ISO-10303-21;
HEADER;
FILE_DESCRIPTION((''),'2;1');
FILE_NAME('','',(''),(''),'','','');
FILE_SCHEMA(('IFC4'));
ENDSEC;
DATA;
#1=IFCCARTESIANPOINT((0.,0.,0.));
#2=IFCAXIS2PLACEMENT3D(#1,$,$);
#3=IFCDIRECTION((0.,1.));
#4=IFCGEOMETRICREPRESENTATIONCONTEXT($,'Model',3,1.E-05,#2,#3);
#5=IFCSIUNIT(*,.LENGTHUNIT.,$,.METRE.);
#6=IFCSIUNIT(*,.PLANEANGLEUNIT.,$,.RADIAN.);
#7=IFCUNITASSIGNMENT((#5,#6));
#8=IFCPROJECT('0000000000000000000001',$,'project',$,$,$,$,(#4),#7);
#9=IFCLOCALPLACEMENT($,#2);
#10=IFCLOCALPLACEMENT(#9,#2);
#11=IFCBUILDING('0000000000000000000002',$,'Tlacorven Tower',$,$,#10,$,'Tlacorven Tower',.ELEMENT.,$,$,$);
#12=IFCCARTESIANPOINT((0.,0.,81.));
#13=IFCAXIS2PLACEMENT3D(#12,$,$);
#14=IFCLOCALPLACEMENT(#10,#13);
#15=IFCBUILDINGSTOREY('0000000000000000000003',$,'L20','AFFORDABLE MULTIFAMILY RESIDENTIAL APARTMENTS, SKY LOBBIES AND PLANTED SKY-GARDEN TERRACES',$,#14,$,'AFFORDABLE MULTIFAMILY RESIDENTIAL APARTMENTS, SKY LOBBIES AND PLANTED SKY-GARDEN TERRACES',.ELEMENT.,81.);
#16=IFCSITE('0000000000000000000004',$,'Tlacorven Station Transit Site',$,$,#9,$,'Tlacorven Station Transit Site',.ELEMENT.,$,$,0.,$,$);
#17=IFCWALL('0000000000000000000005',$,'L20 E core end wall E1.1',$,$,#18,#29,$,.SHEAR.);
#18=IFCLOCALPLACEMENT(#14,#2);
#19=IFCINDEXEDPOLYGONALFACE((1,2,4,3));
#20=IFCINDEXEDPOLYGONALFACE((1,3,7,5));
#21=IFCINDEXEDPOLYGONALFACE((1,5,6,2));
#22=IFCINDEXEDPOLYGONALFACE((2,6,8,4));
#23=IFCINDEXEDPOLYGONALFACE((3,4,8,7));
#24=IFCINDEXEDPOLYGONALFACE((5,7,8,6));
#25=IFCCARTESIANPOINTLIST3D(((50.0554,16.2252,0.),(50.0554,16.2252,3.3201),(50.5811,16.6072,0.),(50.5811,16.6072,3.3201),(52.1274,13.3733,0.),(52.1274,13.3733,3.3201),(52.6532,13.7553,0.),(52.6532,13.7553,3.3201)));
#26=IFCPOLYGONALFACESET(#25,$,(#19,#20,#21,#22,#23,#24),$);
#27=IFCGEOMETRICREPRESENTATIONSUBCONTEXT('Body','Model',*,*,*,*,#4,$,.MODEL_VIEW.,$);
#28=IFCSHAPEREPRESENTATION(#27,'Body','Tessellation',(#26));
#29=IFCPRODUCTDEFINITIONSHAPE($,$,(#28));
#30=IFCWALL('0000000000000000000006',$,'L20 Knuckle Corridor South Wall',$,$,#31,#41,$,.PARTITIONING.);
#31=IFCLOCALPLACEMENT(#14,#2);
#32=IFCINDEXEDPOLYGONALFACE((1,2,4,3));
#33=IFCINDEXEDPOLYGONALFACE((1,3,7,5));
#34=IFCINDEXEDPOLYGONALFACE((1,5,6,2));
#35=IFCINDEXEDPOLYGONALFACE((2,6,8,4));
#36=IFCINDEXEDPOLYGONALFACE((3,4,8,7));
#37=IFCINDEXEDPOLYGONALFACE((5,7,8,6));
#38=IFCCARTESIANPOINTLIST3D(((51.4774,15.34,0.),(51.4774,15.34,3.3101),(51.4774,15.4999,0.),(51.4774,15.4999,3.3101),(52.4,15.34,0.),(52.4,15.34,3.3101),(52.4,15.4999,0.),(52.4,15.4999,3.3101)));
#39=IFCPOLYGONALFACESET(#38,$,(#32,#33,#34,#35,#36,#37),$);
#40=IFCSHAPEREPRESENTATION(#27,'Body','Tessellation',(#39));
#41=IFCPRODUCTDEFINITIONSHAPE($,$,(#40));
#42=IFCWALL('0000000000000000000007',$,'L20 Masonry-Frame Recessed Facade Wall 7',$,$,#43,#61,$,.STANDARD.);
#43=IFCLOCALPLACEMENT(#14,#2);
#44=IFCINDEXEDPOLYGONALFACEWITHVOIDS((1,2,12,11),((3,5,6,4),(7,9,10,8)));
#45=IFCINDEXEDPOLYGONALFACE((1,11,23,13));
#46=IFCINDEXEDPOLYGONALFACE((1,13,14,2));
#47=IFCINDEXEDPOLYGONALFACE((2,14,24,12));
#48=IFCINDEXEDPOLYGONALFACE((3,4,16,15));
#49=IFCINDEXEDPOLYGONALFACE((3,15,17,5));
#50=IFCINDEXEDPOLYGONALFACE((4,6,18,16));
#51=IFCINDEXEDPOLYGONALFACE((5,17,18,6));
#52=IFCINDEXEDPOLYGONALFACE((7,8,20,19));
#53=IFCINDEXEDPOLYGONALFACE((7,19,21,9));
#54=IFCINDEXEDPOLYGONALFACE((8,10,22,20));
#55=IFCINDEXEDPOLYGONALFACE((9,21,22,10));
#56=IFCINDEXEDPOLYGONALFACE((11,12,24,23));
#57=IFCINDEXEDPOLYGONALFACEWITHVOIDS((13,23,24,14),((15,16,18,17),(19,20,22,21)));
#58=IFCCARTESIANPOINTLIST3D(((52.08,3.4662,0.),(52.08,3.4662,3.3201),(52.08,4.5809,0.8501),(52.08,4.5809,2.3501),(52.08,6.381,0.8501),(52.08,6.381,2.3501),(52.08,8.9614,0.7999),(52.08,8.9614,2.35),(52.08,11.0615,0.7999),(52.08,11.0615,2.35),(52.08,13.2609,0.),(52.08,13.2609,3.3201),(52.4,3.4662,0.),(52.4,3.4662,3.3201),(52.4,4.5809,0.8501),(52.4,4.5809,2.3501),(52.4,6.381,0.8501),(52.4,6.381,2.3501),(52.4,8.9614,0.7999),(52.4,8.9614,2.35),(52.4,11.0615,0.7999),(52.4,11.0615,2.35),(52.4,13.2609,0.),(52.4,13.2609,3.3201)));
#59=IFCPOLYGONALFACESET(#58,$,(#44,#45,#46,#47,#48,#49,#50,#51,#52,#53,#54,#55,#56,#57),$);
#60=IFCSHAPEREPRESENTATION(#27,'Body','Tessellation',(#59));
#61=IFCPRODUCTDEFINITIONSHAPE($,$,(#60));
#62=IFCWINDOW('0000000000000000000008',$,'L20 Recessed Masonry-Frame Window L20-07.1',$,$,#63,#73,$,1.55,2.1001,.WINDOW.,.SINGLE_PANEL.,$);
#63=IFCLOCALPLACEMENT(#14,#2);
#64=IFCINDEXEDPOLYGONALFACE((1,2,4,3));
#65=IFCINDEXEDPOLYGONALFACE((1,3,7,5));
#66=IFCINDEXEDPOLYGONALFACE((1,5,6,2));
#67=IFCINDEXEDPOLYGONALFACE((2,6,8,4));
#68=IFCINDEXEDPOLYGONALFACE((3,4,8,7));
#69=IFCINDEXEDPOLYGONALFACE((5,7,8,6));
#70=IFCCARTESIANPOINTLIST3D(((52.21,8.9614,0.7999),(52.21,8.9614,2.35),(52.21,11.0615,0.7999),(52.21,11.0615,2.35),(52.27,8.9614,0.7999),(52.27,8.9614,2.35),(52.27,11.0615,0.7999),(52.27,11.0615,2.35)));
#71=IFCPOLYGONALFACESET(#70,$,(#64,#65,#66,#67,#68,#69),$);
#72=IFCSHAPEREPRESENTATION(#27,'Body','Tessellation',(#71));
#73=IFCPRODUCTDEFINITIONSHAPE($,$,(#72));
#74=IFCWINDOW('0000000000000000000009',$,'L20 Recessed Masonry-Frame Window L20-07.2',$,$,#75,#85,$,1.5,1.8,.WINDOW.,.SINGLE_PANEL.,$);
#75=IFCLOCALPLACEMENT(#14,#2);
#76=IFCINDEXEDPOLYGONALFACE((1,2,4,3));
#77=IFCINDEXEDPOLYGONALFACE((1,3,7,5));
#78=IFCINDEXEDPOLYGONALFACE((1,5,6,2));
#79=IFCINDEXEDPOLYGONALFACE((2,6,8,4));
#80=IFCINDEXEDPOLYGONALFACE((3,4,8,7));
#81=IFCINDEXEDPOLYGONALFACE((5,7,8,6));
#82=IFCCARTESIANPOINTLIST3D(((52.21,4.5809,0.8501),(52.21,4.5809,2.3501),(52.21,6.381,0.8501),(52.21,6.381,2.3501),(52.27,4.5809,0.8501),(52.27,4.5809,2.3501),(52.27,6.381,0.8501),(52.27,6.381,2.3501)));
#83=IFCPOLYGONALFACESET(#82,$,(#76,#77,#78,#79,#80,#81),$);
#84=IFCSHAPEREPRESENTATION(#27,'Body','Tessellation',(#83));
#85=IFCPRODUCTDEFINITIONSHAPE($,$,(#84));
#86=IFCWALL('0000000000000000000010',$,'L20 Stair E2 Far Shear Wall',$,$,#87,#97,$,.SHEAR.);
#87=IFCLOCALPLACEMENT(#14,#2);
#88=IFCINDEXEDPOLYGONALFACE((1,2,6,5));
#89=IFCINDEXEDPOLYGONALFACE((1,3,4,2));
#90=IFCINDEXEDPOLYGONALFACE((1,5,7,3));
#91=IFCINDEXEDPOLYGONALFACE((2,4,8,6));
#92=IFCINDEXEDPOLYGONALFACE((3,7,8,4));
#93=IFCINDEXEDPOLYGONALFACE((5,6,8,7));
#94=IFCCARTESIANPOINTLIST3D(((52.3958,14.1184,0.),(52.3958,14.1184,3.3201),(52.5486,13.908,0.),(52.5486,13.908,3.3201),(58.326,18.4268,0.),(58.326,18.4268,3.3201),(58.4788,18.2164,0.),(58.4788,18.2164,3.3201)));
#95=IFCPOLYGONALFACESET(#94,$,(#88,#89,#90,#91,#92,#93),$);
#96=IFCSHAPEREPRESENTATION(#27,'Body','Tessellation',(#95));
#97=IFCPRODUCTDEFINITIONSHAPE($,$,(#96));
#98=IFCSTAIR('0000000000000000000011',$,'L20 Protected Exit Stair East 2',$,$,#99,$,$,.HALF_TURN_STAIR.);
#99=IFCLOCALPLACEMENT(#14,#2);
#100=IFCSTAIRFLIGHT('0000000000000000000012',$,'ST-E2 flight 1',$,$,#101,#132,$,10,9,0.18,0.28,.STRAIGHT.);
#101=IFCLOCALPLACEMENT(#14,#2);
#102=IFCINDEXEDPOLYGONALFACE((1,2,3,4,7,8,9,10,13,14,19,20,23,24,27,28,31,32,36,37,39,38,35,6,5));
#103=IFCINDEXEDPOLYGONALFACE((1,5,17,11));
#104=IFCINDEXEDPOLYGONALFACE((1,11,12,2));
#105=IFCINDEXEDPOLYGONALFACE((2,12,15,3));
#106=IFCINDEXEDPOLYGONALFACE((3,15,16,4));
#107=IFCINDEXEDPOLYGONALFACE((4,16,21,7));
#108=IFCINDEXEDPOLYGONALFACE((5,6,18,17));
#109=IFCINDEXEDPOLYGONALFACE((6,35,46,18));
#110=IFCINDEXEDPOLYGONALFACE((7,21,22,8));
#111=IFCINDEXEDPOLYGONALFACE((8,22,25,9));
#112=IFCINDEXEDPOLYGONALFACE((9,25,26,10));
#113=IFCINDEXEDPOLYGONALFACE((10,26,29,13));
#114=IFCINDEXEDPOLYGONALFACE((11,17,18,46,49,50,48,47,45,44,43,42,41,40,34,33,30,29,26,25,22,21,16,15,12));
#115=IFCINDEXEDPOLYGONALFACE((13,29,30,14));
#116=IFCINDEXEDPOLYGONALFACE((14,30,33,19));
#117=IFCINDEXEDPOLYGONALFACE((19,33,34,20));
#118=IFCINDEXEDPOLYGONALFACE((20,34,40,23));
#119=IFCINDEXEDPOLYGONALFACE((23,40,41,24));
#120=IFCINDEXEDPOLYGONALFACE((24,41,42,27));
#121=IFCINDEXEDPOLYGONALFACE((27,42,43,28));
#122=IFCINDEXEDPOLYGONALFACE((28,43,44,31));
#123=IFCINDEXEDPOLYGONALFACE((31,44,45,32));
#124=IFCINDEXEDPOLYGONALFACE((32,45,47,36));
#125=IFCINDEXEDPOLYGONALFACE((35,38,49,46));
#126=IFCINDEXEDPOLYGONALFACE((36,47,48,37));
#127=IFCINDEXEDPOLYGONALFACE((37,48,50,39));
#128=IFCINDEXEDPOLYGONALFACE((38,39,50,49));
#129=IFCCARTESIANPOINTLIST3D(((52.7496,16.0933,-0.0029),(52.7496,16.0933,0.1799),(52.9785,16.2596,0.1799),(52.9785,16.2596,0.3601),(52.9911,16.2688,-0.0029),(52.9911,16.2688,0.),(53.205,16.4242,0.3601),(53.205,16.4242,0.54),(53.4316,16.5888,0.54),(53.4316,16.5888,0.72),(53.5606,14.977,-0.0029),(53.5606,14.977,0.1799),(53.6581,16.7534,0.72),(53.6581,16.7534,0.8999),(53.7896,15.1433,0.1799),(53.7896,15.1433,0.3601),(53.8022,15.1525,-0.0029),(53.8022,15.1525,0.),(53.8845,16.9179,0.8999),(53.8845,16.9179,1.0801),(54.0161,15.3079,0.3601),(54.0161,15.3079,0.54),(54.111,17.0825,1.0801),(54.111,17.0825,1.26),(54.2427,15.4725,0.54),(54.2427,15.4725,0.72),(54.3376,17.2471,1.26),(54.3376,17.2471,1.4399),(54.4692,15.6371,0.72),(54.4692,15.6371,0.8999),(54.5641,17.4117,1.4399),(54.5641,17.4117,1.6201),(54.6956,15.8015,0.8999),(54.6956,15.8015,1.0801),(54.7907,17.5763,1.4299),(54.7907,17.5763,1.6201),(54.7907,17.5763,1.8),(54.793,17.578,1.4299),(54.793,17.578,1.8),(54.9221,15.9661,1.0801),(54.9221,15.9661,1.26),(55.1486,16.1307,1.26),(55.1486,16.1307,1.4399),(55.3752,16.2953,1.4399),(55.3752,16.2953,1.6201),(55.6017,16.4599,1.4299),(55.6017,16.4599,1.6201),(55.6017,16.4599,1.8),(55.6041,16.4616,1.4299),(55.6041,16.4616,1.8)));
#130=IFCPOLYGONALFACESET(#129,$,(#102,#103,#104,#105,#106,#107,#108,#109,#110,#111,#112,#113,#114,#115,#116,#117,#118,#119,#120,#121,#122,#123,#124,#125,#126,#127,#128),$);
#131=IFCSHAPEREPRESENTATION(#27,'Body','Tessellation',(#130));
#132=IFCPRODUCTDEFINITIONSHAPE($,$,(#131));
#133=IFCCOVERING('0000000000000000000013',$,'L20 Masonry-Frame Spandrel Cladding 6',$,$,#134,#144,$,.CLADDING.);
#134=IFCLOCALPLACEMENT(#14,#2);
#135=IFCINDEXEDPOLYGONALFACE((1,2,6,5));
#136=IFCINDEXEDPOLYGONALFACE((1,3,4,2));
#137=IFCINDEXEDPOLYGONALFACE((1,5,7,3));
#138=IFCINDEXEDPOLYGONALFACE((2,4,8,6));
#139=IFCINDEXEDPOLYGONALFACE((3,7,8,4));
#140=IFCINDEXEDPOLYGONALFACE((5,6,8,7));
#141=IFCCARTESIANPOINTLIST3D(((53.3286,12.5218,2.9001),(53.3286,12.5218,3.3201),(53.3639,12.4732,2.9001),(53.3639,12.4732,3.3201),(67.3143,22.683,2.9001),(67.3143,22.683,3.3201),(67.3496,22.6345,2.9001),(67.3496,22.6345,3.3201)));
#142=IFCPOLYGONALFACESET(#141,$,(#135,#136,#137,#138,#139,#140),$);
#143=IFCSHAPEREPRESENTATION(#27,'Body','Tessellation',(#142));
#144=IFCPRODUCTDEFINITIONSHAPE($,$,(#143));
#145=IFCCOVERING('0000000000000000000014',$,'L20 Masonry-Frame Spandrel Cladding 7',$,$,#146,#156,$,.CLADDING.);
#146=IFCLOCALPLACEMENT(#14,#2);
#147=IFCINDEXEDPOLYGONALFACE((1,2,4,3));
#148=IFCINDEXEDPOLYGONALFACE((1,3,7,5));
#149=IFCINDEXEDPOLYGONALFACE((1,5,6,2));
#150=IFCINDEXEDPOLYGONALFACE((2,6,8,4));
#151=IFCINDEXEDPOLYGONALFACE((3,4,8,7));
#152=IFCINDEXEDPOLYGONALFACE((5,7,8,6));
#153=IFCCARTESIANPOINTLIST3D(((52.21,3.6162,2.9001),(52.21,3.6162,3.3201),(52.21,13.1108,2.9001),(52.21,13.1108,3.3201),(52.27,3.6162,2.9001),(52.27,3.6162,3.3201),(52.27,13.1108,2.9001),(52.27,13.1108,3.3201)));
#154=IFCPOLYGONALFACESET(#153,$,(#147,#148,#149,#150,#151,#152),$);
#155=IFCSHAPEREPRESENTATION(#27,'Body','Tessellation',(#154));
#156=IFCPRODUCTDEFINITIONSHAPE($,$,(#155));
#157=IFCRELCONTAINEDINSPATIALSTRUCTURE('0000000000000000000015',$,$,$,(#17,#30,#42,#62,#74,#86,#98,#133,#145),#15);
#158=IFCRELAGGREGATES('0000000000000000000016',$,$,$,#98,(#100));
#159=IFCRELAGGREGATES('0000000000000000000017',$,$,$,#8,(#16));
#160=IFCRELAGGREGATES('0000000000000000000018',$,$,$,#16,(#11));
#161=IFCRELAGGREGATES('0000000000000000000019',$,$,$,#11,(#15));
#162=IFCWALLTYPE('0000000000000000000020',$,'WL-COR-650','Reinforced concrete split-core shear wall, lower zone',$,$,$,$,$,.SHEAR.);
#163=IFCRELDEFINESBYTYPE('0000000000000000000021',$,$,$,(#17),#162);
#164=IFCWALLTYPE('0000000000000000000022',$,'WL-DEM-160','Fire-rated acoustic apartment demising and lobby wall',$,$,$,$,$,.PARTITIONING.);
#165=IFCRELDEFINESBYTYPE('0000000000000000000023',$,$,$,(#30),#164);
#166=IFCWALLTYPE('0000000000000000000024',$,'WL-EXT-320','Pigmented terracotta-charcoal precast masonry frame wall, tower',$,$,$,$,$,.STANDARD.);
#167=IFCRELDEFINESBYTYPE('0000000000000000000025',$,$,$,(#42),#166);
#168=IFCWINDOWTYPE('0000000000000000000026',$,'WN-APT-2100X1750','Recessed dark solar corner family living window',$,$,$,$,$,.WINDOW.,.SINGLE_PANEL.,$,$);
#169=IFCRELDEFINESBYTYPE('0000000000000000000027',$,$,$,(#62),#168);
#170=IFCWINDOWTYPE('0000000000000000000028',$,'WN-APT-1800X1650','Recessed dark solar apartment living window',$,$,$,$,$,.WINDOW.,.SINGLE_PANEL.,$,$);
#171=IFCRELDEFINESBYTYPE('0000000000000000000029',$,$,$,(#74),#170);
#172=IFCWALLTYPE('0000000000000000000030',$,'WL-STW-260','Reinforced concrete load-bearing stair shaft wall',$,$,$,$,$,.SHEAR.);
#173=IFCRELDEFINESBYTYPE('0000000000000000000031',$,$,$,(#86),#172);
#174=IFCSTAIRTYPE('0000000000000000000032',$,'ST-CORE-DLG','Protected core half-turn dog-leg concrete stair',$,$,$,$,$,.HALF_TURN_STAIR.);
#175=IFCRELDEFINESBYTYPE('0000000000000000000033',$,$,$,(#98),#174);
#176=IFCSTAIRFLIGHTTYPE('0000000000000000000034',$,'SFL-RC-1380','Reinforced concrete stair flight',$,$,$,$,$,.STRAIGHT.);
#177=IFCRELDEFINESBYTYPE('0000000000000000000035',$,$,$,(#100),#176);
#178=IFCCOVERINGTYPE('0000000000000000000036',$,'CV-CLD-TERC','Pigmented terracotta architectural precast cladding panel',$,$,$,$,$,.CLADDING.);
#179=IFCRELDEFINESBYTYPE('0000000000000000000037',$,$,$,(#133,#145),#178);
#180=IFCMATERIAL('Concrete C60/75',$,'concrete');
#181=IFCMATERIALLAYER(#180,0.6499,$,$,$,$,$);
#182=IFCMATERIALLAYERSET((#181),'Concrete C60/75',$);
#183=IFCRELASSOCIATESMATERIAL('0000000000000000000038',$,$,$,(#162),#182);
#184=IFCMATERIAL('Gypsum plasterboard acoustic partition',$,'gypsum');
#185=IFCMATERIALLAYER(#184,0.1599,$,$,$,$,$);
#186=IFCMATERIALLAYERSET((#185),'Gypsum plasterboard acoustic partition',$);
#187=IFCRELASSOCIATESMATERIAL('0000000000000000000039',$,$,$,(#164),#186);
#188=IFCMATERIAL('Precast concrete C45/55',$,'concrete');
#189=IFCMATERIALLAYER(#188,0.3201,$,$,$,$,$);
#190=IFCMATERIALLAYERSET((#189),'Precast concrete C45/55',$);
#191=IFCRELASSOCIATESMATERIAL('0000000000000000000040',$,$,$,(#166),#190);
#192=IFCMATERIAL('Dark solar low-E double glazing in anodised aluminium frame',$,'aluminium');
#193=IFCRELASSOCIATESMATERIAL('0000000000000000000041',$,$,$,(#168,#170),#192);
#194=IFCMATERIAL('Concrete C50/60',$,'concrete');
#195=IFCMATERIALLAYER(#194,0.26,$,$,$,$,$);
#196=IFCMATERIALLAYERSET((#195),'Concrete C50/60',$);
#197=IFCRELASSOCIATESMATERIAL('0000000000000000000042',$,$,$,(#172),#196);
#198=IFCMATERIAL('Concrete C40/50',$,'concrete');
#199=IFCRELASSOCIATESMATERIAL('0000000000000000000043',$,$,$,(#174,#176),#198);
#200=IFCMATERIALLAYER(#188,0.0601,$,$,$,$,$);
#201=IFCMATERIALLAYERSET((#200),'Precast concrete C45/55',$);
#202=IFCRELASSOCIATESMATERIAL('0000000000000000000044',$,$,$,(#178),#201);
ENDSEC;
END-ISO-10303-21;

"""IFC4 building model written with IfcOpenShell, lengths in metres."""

from ifc_helpers import new_model, si_unit, direction, frame, frame_2d, origin, origin_2d, place, context, subcontext, project, spatial, polyline, rectangle, outline, extrude, source, transform, mapped, material, layer, layer_set, type_object, element, fill, aggregate, save


model = new_model("IFC4")

# Units and contexts
model_context = context("Model", 3, precision=1e-05, world=origin(), true_north=direction((0.0, 1.0)))
body_context = subcontext(model_context, "Body", "Model", "MODEL_VIEW")
ifc_project = project(units=[si_unit("LENGTHUNIT", "METRE"), si_unit("PLANEANGLEUNIT", "RADIAN")], contexts=[model_context])

# Site, building, storey
site_placement = place(None, origin())
site = spatial("IfcSite", under=ifc_project, at=site_placement, Name="Tlacorven Station Transit Site", LongName="Tlacorven Station Transit Site", CompositionType="ELEMENT", RefElevation=0.0)
building_placement = place(site_placement, origin())
building = spatial("IfcBuilding", under=site, at=building_placement, Name="Tlacorven Tower", LongName="Tlacorven Tower", CompositionType="ELEMENT")
storey_placement = place(building_placement, frame((0.0, 0.0, 81.0)))
storey = spatial("IfcBuildingStorey", under=building, at=storey_placement, Name="L20", Description="AFFORDABLE MULTIFAMILY RESIDENTIAL APARTMENTS, SKY LOBBIES AND PLANTED SKY-GARDEN TERRACES", LongName="AFFORDABLE MULTIFAMILY RESIDENTIAL APARTMENTS, SKY LOBBIES AND PLANTED SKY-GARDEN TERRACES", CompositionType="ELEMENT", Elevation=81.0)

# Walls
ifc_material_1 = material(Name="Concrete C60/75", Category="concrete")
ifc_layer_1 = layer(ifc_material_1, 0.6499)
ifc_layer_set_1 = layer_set([ifc_layer_1], Name="Concrete C60/75")
wall_type_1 = type_object("IfcWallType", Name="WL-COR-650", Description="Reinforced concrete split-core shear wall, lower zone", PredefinedType="SHEAR", material=ifc_layer_set_1)
wall_1_placement = place(storey_placement, frame((52.3904, 13.5642, 0.0), z_axis=(0.0, 0.0, 1.0), x_axis=(-0.587797, 0.809009, 0.0)))
element("IfcWall", 1, at=wall_1_placement, inside=storey, type_object=wall_type_1, Name="L20 E core end wall E1.1", PredefinedType="SHEAR", context=body_context, shape_type="SweptSolid", body=[
    extrude(rectangle(XDim=3.5251, YDim=0.6499, at=frame_2d((1.7627, 0.0))), origin(), (0.0, 0.0, 1.0), 3.3201),
])
ifc_material_2 = material(Name="Gypsum plasterboard acoustic partition", Category="gypsum")
ifc_layer_2 = layer(ifc_material_2, 0.1599)
ifc_layer_set_2 = layer_set([ifc_layer_2], Name="Gypsum plasterboard acoustic partition")
wall_type_2 = type_object("IfcWallType", Name="WL-DEM-160", Description="Fire-rated acoustic apartment demising and lobby wall", PredefinedType="PARTITIONING", material=ifc_layer_set_2)
wall_2_placement = place(storey_placement, frame((51.4773, 15.4199, 0.0), z_axis=(0.0, 0.0, 1.0), x_axis=(1.0, 0.0, 0.0)))
element("IfcWall", 2, at=wall_2_placement, inside=storey, type_object=wall_type_2, Name="L20 Knuckle Corridor South Wall", PredefinedType="PARTITIONING", context=body_context, shape_type="SweptSolid", body=[
    extrude(rectangle(XDim=0.9226, YDim=0.1599, at=frame_2d((0.4614, 0.0))), origin(), (0.0, 0.0, 1.0), 3.3101),
])

# Wall, openings, windows
ifc_material_3 = material(Name="Precast concrete C45/55", Category="concrete")
ifc_layer_3 = layer(ifc_material_3, 0.3201)
ifc_layer_set_3 = layer_set([ifc_layer_3], Name="Precast concrete C45/55")
wall_type_3 = type_object("IfcWallType", Name="WL-EXT-320", Description="Pigmented terracotta-charcoal precast masonry frame wall, tower", PredefinedType="STANDARD", material=ifc_layer_set_3)
wall_3_placement = place(storey_placement, frame((52.24, 13.261, 0.0), z_axis=(0.0, 0.0, 1.0), x_axis=(0.0, -1.0, 0.0)))
wall_3 = element("IfcWall", 3, at=wall_3_placement, inside=storey, type_object=wall_type_3, Name="L20 Masonry-Frame Recessed Facade Wall 7", PredefinedType="STANDARD", context=body_context, shape_type="SweptSolid", body=[
    extrude(rectangle(XDim=9.7947, YDim=0.3201, at=frame_2d((4.8975, 0.0))), origin(), (0.0, 0.0, 1.0), 3.3201),
])
opening_1_placement = place(wall_3_placement, frame((2.1995, 0.0, 0.8)))
opening_1 = element("IfcOpeningElement", 4, at=opening_1_placement, cuts=wall_3, PredefinedType="OPENING", context=body_context, shape_type="SweptSolid", body=[
    extrude(rectangle(XDim=2.1001, YDim=1.55, at=frame_2d((1.05, 0.7749))), frame((0.0, 0.1699, 0.0), z_axis=(0.0, -1.0, 0.0), x_axis=(1.0, 0.0, 0.0)), (0.0, 0.0, 1.0), 0.3401),
])
opening_2_placement = place(wall_3_placement, frame((6.8801, 0.0, 0.8501)))
opening_2 = element("IfcOpeningElement", 5, at=opening_2_placement, cuts=wall_3, PredefinedType="OPENING", context=body_context, shape_type="SweptSolid", body=[
    extrude(rectangle(XDim=1.8, YDim=1.5, at=frame_2d((0.8999, 0.75))), frame((0.0, 0.1699, 0.0), z_axis=(0.0, -1.0, 0.0), x_axis=(1.0, 0.0, 0.0)), (0.0, 0.0, 1.0), 0.3401),
])
ifc_material_4 = material(Name="Dark solar low-E double glazing in anodised aluminium frame", Category="aluminium")
window_type_1 = type_object("IfcWindowType", Name="WN-APT-2100X1750", Description="Recessed dark solar corner family living window", PartitioningType="SINGLE_PANEL", PredefinedType="WINDOW", material=ifc_material_4)
shared_shape_1 = source(origin(), body_context, "Body", "SweptSolid", [
    extrude(rectangle(XDim=2.1001, YDim=1.55, at=frame_2d((1.05, 0.7749))), frame((0.0, 0.03, 0.0), z_axis=(0.0, -1.0, 0.0), x_axis=(1.0, 0.0, 0.0)), (0.0, 0.0, 1.0), 0.0601),
])
window_1_placement = place(opening_1_placement, origin())
window_1 = element("IfcWindow", 6, at=window_1_placement, inside=storey, type_object=window_type_1, Name="L20 Recessed Masonry-Frame Window L20-07.1", OverallHeight=1.55, OverallWidth=2.1001, PartitioningType="SINGLE_PANEL", PredefinedType="WINDOW", context=body_context, shape_type="MappedRepresentation", body=[
    mapped(shared_shape_1, transform((0.0, 0.0, 0.0), scale=1.0)),
])
fill(opening_1, window_1)
window_type_2 = type_object("IfcWindowType", Name="WN-APT-1800X1650", Description="Recessed dark solar apartment living window", PartitioningType="SINGLE_PANEL", PredefinedType="WINDOW", material=ifc_material_4)
shared_shape_2 = source(origin(), body_context, "Body", "SweptSolid", [
    extrude(rectangle(XDim=1.8, YDim=1.5, at=frame_2d((0.8999, 0.75))), frame((0.0, 0.03, 0.0), z_axis=(0.0, -1.0, 0.0), x_axis=(1.0, 0.0, 0.0)), (0.0, 0.0, 1.0), 0.0601),
])
window_2_placement = place(opening_2_placement, origin())
window_2 = element("IfcWindow", 7, at=window_2_placement, inside=storey, type_object=window_type_2, Name="L20 Recessed Masonry-Frame Window L20-07.2", OverallHeight=1.5, OverallWidth=1.8, PartitioningType="SINGLE_PANEL", PredefinedType="WINDOW", context=body_context, shape_type="MappedRepresentation", body=[
    mapped(shared_shape_2, transform((0.0, 0.0, 0.0), scale=1.0)),
])
fill(opening_2, window_2)

# Wall
ifc_material_5 = material(Name="Concrete C50/60", Category="concrete")
ifc_layer_4 = layer(ifc_material_5, 0.26)
ifc_layer_set_4 = layer_set([ifc_layer_4], Name="Concrete C50/60")
wall_type_4 = type_object("IfcWallType", Name="WL-STW-260", Description="Reinforced concrete load-bearing stair shaft wall", PredefinedType="SHEAR", material=ifc_layer_set_4)
wall_4_placement = place(storey_placement, frame((52.4722, 14.0132, 0.0), z_axis=(0.0, 0.0, 1.0), x_axis=(0.809028, 0.58777, 0.0)))
element("IfcWall", 8, at=wall_4_placement, inside=storey, type_object=wall_type_4, Name="L20 Stair E2 Far Shear Wall", PredefinedType="SHEAR", context=body_context, shape_type="SweptSolid", body=[
    extrude(rectangle(XDim=7.3301, YDim=0.26, at=frame_2d((3.665, 0.0))), origin(), (0.0, 0.0, 1.0), 3.3201),
])

# Stair, stair flight
ifc_material_6 = material(Name="Concrete C40/50", Category="concrete")
stair_type = type_object("IfcStairType", Name="ST-CORE-DLG", Description="Protected core half-turn dog-leg concrete stair", PredefinedType="HALF_TURN_STAIR", material=ifc_material_6)
stair_placement = place(storey_placement, origin())
stair = element("IfcStair", 9, at=stair_placement, inside=storey, type_object=stair_type, Name="L20 Protected Exit Stair East 2", PredefinedType="HALF_TURN_STAIR")
stair_flight_type = type_object("IfcStairFlightType", Name="SFL-RC-1380", Description="Reinforced concrete stair flight", PredefinedType="STRAIGHT", material=ifc_material_6)
shared_shape_3 = source(origin(), body_context, "Body", "SweptSolid", [
    extrude(outline(polyline([(-0.0029, -0.0029), (-0.0029, 0.1799), (0.28, 0.1799), (0.28, 0.3601), (0.5601, 0.3601), (0.5601, 0.54), (0.8401, 0.54), (0.8401, 0.72), (1.1201, 0.72), (1.1201, 0.8999), (1.3999, 0.8999), (1.3999, 1.0801), (1.6799, 1.0801), (1.6799, 1.26), (1.96, 1.26), (1.96, 1.4399), (2.24, 1.4399), (2.24, 1.6201), (2.52, 1.6201), (2.52, 1.8), (2.5229, 1.8), (2.5229, 1.4299), (2.52, 1.4299), (0.2957, 0.0), (0.2957, -0.0029), (-0.0029, -0.0029)])), frame((0.0, 0.6899, 0.0), z_axis=(0.0, -1.0, 0.0), x_axis=(1.0, 0.0, 0.0)), (0.0, 0.0, 1.0), 1.3799),
])
stair_flight_placement = place(storey_placement, frame((53.1575, 15.5369, 0.0), z_axis=(0.0, 0.0, 1.0), x_axis=(0.809017, 0.587785, 0.0)))
stair_flight = element("IfcStairFlight", 10, at=stair_flight_placement, type_object=stair_flight_type, Name="ST-E2 flight 1", NumberOfRisers=10, NumberOfTreads=9, PredefinedType="STRAIGHT", RiserHeight=0.18, TreadLength=0.28, context=body_context, shape_type="MappedRepresentation", body=[
    mapped(shared_shape_3, transform((0.0, 0.0, 0.0), scale=1.0)),
])
aggregate(stair, [stair_flight])

# Coverings
ifc_layer_5 = layer(ifc_material_3, 0.0601)
ifc_layer_set_5 = layer_set([ifc_layer_5], Name="Precast concrete C45/55")
covering_type = type_object("IfcCoveringType", Name="CV-CLD-TERC", Description="Pigmented terracotta architectural precast cladding panel", PredefinedType="CLADDING", material=ifc_layer_set_5)
shared_shape_4 = source(origin(), body_context, "Body", "SweptSolid", [
    extrude(rectangle(XDim=17.2874, YDim=0.0601, at=origin_2d()), origin(), (0.0, 0.0, 1.0), 0.4199),
])
covering_1_placement = place(storey_placement, frame((60.3391, 17.5781, 2.9001), z_axis=(0.0, 0.0, 1.0), x_axis=(-0.809017, -0.587785, 0.0)))
element("IfcCovering", 11, at=covering_1_placement, inside=storey, type_object=covering_type, Name="L20 Masonry-Frame Spandrel Cladding 6", PredefinedType="CLADDING", context=body_context, shape_type="MappedRepresentation", body=[
    mapped(shared_shape_4, transform((0.0, 0.0, 0.0), scale=1.0)),
])
shared_shape_5 = source(origin(), body_context, "Body", "SweptSolid", [
    extrude(rectangle(XDim=9.4946, YDim=0.0601, at=origin_2d()), origin(), (0.0, 0.0, 1.0), 0.4199),
])
covering_2_placement = place(storey_placement, frame((52.24, 8.3635, 2.9001), z_axis=(0.0, 0.0, 1.0), x_axis=(0.0, -1.0, 0.0)))
element("IfcCovering", 12, at=covering_2_placement, inside=storey, type_object=covering_type, Name="L20 Masonry-Frame Spandrel Cladding 7", PredefinedType="CLADDING", context=body_context, shape_type="MappedRepresentation", body=[
    mapped(shared_shape_5, transform((0.0, 0.0, 0.0), scale=1.0)),
])

save(model, "model.ifc")
